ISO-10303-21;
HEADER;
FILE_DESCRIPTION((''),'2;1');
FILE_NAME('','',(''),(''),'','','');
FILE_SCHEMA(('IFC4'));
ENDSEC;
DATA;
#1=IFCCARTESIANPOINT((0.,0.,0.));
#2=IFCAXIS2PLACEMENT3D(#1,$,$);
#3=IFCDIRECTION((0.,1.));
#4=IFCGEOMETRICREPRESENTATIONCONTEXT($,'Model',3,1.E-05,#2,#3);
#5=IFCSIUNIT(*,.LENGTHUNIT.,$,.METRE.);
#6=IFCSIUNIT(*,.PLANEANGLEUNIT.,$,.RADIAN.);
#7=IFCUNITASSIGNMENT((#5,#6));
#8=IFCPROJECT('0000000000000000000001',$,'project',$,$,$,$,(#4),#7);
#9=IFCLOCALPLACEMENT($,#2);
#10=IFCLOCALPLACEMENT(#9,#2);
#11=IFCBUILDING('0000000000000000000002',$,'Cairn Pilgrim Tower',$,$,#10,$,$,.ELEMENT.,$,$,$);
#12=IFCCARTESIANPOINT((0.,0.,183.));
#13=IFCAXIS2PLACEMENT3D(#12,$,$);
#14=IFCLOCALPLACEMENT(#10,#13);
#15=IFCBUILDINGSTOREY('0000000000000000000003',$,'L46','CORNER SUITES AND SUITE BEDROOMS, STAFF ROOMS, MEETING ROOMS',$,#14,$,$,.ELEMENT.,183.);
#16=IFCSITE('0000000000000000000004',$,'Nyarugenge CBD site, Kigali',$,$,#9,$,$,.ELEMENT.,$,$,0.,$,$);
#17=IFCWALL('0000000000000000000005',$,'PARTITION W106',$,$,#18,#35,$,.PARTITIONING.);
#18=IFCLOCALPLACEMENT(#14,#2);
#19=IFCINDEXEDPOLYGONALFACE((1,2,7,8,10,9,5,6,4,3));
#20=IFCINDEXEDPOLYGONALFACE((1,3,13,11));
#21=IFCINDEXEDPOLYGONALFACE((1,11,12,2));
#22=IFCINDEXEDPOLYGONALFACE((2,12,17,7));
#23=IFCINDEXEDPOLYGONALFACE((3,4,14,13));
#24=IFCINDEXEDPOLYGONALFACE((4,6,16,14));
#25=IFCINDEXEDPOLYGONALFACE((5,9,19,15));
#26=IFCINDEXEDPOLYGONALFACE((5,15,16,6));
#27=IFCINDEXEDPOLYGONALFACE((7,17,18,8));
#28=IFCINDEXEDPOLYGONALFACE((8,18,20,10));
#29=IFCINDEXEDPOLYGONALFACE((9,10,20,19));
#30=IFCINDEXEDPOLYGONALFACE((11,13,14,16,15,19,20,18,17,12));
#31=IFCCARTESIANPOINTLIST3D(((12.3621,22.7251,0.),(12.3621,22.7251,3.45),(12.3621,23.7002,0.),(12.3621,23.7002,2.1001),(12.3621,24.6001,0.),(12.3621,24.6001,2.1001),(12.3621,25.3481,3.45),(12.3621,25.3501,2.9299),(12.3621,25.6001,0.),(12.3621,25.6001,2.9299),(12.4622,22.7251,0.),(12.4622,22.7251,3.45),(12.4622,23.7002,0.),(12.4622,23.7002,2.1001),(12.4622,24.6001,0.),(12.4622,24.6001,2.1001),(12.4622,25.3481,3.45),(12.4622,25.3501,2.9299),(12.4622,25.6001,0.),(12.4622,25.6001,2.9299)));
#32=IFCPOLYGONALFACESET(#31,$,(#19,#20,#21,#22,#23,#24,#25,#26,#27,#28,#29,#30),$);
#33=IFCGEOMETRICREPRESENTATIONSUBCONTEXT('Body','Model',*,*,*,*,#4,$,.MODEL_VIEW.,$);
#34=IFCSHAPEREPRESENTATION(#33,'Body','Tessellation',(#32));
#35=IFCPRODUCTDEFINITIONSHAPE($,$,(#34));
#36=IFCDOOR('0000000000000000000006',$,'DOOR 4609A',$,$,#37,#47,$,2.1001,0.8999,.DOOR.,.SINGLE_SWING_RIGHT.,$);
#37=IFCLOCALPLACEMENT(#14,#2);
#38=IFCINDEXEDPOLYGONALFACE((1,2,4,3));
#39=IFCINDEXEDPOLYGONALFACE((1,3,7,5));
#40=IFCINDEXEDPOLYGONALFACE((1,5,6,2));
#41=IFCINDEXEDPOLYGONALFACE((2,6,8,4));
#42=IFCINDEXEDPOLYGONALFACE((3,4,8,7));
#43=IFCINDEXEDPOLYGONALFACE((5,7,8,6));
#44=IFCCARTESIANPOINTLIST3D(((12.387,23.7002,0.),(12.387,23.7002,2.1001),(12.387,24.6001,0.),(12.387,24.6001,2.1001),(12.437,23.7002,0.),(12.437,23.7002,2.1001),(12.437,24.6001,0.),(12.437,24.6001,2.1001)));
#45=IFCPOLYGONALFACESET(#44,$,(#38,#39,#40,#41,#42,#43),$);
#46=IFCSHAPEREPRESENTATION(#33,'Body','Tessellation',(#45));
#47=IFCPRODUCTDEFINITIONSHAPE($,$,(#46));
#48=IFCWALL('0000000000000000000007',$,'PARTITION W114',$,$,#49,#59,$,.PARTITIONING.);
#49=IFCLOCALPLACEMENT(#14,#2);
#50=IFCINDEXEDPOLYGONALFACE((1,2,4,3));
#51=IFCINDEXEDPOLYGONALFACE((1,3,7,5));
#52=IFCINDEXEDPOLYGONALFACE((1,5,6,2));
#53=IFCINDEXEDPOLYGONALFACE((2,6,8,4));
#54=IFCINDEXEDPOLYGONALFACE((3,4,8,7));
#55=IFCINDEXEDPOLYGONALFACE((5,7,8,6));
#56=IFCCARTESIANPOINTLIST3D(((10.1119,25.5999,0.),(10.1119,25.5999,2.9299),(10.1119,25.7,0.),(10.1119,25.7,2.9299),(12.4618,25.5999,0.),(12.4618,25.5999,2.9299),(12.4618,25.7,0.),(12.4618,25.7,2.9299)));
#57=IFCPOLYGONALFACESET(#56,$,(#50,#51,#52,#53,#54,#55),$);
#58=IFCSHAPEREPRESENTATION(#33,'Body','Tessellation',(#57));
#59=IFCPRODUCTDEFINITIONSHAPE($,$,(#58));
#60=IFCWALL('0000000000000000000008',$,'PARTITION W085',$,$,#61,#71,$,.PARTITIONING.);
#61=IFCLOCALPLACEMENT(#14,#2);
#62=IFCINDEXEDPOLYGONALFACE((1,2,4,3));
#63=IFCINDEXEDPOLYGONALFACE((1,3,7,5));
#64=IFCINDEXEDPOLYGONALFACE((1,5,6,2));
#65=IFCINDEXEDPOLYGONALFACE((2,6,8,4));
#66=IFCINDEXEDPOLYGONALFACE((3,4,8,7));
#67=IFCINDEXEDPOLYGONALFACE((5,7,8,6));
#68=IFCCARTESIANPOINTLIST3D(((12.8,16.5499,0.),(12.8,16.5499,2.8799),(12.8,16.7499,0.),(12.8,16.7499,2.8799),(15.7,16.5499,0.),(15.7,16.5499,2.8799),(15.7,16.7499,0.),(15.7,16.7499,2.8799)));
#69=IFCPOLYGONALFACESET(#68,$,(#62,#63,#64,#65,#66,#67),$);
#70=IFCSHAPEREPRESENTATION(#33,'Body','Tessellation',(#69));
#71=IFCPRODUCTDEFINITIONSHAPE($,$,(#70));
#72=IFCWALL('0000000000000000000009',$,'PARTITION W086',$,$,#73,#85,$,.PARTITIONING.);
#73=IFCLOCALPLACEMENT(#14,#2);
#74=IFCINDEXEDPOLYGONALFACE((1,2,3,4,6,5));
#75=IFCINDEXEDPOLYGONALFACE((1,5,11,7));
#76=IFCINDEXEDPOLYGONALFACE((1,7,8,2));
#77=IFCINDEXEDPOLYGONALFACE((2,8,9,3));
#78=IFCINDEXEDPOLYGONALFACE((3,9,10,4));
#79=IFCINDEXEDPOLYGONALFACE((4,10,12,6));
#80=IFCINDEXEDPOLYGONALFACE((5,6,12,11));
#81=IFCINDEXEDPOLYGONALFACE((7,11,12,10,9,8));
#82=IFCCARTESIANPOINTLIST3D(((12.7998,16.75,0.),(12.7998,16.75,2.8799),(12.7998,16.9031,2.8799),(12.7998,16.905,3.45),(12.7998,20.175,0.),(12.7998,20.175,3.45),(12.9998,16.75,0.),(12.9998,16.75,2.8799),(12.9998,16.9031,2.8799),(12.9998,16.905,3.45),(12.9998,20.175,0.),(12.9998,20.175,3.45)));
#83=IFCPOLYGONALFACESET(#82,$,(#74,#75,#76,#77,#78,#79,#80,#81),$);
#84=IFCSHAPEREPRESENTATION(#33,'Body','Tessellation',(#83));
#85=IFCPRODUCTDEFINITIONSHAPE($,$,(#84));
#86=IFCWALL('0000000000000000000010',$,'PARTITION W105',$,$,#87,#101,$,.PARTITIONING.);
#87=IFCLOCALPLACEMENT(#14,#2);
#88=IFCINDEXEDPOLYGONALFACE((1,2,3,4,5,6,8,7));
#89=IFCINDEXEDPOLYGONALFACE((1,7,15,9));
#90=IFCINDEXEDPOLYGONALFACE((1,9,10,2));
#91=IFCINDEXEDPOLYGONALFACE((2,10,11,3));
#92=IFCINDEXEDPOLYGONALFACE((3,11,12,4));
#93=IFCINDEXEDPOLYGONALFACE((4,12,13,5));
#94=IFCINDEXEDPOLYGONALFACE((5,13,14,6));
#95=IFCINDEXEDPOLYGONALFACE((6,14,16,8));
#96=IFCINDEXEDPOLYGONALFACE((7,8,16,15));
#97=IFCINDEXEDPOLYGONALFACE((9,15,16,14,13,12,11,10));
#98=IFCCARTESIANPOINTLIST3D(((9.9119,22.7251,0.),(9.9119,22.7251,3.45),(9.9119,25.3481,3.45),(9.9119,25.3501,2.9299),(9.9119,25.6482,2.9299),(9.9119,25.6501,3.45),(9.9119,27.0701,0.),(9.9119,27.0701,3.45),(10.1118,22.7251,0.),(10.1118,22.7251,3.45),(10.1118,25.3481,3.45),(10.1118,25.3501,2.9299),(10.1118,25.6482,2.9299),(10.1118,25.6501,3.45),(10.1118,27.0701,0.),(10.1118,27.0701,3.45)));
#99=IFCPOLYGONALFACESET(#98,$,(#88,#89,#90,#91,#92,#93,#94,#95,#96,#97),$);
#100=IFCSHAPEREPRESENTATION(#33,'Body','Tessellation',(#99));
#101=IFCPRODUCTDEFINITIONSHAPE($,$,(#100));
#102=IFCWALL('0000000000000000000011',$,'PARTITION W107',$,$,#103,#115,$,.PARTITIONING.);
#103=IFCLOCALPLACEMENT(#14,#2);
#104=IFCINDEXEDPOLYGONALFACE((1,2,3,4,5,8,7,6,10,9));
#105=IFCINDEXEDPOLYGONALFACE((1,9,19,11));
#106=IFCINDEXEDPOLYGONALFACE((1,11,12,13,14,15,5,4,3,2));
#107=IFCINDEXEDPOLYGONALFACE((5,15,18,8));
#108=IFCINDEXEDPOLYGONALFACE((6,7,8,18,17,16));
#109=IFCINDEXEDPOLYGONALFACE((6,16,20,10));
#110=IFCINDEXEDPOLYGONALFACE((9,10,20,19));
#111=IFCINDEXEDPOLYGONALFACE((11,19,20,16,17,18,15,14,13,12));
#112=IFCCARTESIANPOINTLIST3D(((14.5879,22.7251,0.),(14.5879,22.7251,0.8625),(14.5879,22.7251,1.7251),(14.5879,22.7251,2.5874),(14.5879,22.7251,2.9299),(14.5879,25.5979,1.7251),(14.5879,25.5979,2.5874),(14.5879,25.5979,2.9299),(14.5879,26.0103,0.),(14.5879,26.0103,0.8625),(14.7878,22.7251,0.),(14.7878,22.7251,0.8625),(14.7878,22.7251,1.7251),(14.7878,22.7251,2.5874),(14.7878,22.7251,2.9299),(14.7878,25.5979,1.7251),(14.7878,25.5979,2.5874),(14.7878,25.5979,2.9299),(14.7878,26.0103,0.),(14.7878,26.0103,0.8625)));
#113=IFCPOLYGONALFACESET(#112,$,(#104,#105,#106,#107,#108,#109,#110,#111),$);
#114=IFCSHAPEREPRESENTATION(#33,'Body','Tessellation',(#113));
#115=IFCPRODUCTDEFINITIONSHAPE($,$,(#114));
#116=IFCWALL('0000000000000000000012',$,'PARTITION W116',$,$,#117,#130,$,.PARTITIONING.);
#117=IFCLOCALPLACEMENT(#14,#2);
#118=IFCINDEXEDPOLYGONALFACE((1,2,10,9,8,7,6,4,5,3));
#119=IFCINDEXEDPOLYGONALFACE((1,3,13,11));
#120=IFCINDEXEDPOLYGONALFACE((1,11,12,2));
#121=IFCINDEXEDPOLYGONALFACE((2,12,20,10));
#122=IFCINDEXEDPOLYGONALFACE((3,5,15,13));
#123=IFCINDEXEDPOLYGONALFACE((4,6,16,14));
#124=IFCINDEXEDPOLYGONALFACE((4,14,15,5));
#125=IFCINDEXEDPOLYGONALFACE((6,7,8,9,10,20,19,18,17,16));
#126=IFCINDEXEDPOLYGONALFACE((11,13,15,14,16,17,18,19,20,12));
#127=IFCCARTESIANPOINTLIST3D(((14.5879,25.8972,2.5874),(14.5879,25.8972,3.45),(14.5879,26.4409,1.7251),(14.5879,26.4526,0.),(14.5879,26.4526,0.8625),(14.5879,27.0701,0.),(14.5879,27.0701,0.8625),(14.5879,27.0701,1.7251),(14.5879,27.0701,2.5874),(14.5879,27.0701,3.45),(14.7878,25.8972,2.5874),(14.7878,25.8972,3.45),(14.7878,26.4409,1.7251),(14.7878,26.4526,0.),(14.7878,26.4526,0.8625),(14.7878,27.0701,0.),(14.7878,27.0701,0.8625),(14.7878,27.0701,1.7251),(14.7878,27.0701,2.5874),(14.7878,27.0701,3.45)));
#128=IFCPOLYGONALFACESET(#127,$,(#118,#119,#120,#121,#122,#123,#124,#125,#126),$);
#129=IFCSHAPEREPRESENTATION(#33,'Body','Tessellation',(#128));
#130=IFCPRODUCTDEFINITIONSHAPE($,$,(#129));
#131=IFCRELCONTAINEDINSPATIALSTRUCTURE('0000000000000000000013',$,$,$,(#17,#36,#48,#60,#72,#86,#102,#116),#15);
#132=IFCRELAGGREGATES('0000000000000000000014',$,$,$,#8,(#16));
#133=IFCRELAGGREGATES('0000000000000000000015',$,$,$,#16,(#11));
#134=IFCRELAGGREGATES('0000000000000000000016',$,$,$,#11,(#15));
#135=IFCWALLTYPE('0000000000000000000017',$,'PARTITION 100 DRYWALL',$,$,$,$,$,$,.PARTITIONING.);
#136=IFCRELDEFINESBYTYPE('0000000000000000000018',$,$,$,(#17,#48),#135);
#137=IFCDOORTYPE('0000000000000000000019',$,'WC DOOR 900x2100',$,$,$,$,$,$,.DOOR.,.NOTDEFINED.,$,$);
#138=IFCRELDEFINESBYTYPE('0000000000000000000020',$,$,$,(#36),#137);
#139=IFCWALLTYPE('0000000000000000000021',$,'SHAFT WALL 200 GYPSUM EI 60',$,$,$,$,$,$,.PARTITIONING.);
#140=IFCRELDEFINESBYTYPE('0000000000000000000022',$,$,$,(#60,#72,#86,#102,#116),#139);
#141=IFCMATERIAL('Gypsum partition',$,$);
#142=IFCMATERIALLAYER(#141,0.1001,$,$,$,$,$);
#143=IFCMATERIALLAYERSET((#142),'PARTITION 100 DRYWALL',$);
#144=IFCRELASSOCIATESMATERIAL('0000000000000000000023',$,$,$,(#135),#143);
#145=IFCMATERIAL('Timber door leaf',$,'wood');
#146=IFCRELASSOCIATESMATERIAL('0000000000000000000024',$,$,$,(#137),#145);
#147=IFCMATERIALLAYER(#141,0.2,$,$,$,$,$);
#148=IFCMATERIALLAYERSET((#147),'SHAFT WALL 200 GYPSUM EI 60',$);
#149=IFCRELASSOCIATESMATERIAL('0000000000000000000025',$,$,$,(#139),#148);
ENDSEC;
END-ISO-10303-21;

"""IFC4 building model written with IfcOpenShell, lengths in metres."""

from ifc_helpers import new_model, si_unit, direction, frame, frame_2d, origin, place, context, subcontext, project, spatial, polyline, rectangle, outline, extrude, material, layer, layer_set, type_object, element, fill, save


model = new_model("IFC4")

# Units and contexts
model_context = context("Model", 3, precision=1e-05, world=origin(), true_north=direction((0.0, 1.0)))
body_context = subcontext(model_context, "Body", "Model", "MODEL_VIEW")
ifc_project = project(units=[si_unit("LENGTHUNIT", "METRE"), si_unit("PLANEANGLEUNIT", "RADIAN")], contexts=[model_context])

# Site, building, storey
site_placement = place(None, origin())
site = spatial("IfcSite", under=ifc_project, at=site_placement, Name="Nyarugenge CBD site, Kigali", CompositionType="ELEMENT", RefElevation=0.0)
building_placement = place(site_placement, origin())
building = spatial("IfcBuilding", under=site, at=building_placement, Name="Cairn Pilgrim Tower", CompositionType="ELEMENT")
storey_placement = place(building_placement, frame((0.0, 0.0, 183.0)))
storey = spatial("IfcBuildingStorey", under=building, at=storey_placement, Name="L46", Description="CORNER SUITES AND SUITE BEDROOMS, STAFF ROOMS, MEETING ROOMS", CompositionType="ELEMENT", Elevation=183.0)

# Wall, opening, door
ifc_material_1 = material(Name="Gypsum partition")
ifc_layer_1 = layer(ifc_material_1, 0.1001)
ifc_layer_set_1 = layer_set([ifc_layer_1], Name="PARTITION 100 DRYWALL")
wall_type_1 = type_object("IfcWallType", Name="PARTITION 100 DRYWALL", PredefinedType="PARTITIONING", material=ifc_layer_set_1)
wall_1_placement = place(storey_placement, frame((12.4121, 22.7251, 0.0), z_axis=(0.0, 0.0, 1.0), x_axis=(0.0, 1.0, 0.0)))
wall_1 = element("IfcWall", 1, at=wall_1_placement, inside=storey, type_object=wall_type_1, Name="PARTITION W106", PredefinedType="PARTITIONING", context=body_context, shape_type="SweptSolid", body=[
    extrude(outline(polyline([(0.0, 0.0), (2.875, 0.0), (2.875, 2.9299), (2.625, 2.9299), (2.623, 3.45), (0.0, 3.45), (0.0, 0.0)])), frame((0.0, 0.05, 0.0), z_axis=(0.0, -1.0, 0.0), x_axis=(1.0, 0.0, 0.0)), (0.0, 0.0, 1.0), 0.1001),
])
opening_1_placement = place(wall_1_placement, frame((0.9751, 0.0, 0.0)))
opening_1 = element("IfcOpeningElement", 2, at=opening_1_placement, cuts=wall_1, PredefinedType="OPENING", context=body_context, shape_type="SweptSolid", body=[
    extrude(rectangle(XDim=0.8999, YDim=2.1001, at=frame_2d((0.45, 1.05))), frame((0.0, 0.0601, 0.0), z_axis=(0.0, -1.0, 0.0), x_axis=(1.0, 0.0, 0.0)), (0.0, 0.0, 1.0), 0.1201),
])
ifc_material_2 = material(Name="Timber door leaf", Category="wood")
door_type_1 = type_object("IfcDoorType", Name="WC DOOR 900x2100", OperationType="NOTDEFINED", PredefinedType="DOOR", material=ifc_material_2)
door_1_placement = place(opening_1_placement, frame((0.8999, 0.0, 0.0), z_axis=(0.0, 0.0, 1.0), x_axis=(-1.0, 0.0, 0.0)))
door_1 = element("IfcDoor", 3, at=door_1_placement, inside=storey, type_object=door_type_1, Name="DOOR 4609A", OperationType="SINGLE_SWING_RIGHT", OverallHeight=2.1001, OverallWidth=0.8999, PredefinedType="DOOR", context=body_context, shape_type="SweptSolid", body=[
    extrude(rectangle(XDim=0.8999, YDim=2.1001, at=frame_2d((0.45, 1.05))), frame((0.0, 0.0249, 0.0), z_axis=(0.0, -1.0, 0.0), x_axis=(1.0, 0.0, 0.0)), (0.0, 0.0, 1.0), 0.05),
])
fill(opening_1, door_1)

# Walls
wall_2_placement = place(storey_placement, frame((10.1121, 25.6499, 0.0), z_axis=(0.0, 0.0, 1.0), x_axis=(1.0, 0.0, 0.0)))
element("IfcWall", 4, at=wall_2_placement, inside=storey, type_object=wall_type_1, Name="PARTITION W114", PredefinedType="PARTITIONING", context=body_context, shape_type="SweptSolid", body=[
    extrude(rectangle(XDim=2.3499, YDim=0.1001, at=frame_2d((1.1748, 0.0))), origin(), (0.0, 0.0, 1.0), 2.9299),
])
ifc_layer_2 = layer(ifc_material_1, 0.2)
ifc_layer_set_2 = layer_set([ifc_layer_2], Name="SHAFT WALL 200 GYPSUM EI 60")
wall_type_2 = type_object("IfcWallType", Name="SHAFT WALL 200 GYPSUM EI 60", PredefinedType="PARTITIONING", material=ifc_layer_set_2)
wall_3_placement = place(storey_placement, frame((12.8, 16.6499, 0.0), z_axis=(0.0, 0.0, 1.0), x_axis=(1.0, 0.0, 0.0)))
element("IfcWall", 5, at=wall_3_placement, inside=storey, type_object=wall_type_2, Name="PARTITION W085", PredefinedType="PARTITIONING", context=body_context, shape_type="SweptSolid", body=[
    extrude(rectangle(XDim=2.8999, YDim=0.2, at=frame_2d((1.45, 0.0))), origin(), (0.0, 0.0, 1.0), 2.8799),
])
wall_4_placement = place(storey_placement, frame((12.8999, 16.75, 0.0), z_axis=(0.0, 0.0, 1.0), x_axis=(0.0, 1.0, 0.0)))
element("IfcWall", 6, at=wall_4_placement, inside=storey, type_object=wall_type_2, Name="PARTITION W086", PredefinedType="PARTITIONING", context=body_context, shape_type="SweptSolid", body=[
    extrude(outline(polyline([(0.0, 0.0), (3.425, 0.0), (3.425, 3.45), (0.155, 3.45), (0.1531, 2.8799), (0.0, 2.8799), (0.0, 0.0)])), frame((0.0, 0.1001, 0.0), z_axis=(0.0, -1.0, 0.0), x_axis=(1.0, 0.0, 0.0)), (0.0, 0.0, 1.0), 0.2),
])
wall_5_placement = place(storey_placement, frame((10.012, 22.7251, 0.0), z_axis=(0.0, 0.0, 1.0), x_axis=(0.0, 1.0, 0.0)))
element("IfcWall", 7, at=wall_5_placement, inside=storey, type_object=wall_type_2, Name="PARTITION W105", PredefinedType="PARTITIONING", context=body_context, shape_type="SweptSolid", body=[
    extrude(outline(polyline([(0.0, 0.0), (4.345, 0.0), (4.345, 3.45), (2.925, 3.45), (2.9231, 2.9299), (2.625, 2.9299), (2.623, 3.45), (0.0, 3.45), (0.0, 0.0)])), frame((0.0, 0.1001, 0.0), z_axis=(0.0, -1.0, 0.0), x_axis=(1.0, 0.0, 0.0)), (0.0, 0.0, 1.0), 0.2),
])
wall_6_placement = place(storey_placement, frame((14.688, 22.7251, 0.0), z_axis=(0.0, 0.0, 1.0), x_axis=(0.0, 1.0, 0.0)))
element("IfcWall", 8, at=wall_6_placement, inside=storey, type_object=wall_type_2, Name="PARTITION W107", PredefinedType="PARTITIONING", context=body_context, shape_type="SweptSolid", body=[
    extrude(outline(polyline([(0.0, 0.0), (3.2852, 0.0), (3.2852, 0.8625), (2.8728, 1.7251), (2.8728, 2.5874), (2.8728, 2.9299), (0.0, 2.9299), (0.0, 2.5874), (0.0, 1.7251), (0.0, 0.8625), (0.0, 0.0)])), frame((0.0, 0.1001, 0.0), z_axis=(0.0, -1.0, 0.0), x_axis=(1.0, 0.0, 0.0)), (0.0, 0.0, 1.0), 0.2),
])
wall_7_placement = place(storey_placement, frame((14.688, 25.8972, 0.0), z_axis=(0.0, 0.0, 1.0), x_axis=(0.0, 1.0, 0.0)))
element("IfcWall", 9, at=wall_7_placement, inside=storey, type_object=wall_type_2, Name="PARTITION W116", PredefinedType="PARTITIONING", context=body_context, shape_type="SweptSolid", body=[
    extrude(outline(polyline([(0.5554, 0.0), (1.1729, 0.0), (1.1729, 0.8625), (1.1729, 1.7251), (1.1729, 2.5874), (1.1729, 3.45), (0.0, 3.45), (0.0, 2.5874), (0.5437, 1.7251), (0.5554, 0.8625), (0.5554, 0.0)])), frame((0.0, 0.1001, 0.0), z_axis=(0.0, -1.0, 0.0), x_axis=(1.0, 0.0, 0.0)), (0.0, 0.0, 1.0), 0.2),
])

save(model, "model.ifc")
